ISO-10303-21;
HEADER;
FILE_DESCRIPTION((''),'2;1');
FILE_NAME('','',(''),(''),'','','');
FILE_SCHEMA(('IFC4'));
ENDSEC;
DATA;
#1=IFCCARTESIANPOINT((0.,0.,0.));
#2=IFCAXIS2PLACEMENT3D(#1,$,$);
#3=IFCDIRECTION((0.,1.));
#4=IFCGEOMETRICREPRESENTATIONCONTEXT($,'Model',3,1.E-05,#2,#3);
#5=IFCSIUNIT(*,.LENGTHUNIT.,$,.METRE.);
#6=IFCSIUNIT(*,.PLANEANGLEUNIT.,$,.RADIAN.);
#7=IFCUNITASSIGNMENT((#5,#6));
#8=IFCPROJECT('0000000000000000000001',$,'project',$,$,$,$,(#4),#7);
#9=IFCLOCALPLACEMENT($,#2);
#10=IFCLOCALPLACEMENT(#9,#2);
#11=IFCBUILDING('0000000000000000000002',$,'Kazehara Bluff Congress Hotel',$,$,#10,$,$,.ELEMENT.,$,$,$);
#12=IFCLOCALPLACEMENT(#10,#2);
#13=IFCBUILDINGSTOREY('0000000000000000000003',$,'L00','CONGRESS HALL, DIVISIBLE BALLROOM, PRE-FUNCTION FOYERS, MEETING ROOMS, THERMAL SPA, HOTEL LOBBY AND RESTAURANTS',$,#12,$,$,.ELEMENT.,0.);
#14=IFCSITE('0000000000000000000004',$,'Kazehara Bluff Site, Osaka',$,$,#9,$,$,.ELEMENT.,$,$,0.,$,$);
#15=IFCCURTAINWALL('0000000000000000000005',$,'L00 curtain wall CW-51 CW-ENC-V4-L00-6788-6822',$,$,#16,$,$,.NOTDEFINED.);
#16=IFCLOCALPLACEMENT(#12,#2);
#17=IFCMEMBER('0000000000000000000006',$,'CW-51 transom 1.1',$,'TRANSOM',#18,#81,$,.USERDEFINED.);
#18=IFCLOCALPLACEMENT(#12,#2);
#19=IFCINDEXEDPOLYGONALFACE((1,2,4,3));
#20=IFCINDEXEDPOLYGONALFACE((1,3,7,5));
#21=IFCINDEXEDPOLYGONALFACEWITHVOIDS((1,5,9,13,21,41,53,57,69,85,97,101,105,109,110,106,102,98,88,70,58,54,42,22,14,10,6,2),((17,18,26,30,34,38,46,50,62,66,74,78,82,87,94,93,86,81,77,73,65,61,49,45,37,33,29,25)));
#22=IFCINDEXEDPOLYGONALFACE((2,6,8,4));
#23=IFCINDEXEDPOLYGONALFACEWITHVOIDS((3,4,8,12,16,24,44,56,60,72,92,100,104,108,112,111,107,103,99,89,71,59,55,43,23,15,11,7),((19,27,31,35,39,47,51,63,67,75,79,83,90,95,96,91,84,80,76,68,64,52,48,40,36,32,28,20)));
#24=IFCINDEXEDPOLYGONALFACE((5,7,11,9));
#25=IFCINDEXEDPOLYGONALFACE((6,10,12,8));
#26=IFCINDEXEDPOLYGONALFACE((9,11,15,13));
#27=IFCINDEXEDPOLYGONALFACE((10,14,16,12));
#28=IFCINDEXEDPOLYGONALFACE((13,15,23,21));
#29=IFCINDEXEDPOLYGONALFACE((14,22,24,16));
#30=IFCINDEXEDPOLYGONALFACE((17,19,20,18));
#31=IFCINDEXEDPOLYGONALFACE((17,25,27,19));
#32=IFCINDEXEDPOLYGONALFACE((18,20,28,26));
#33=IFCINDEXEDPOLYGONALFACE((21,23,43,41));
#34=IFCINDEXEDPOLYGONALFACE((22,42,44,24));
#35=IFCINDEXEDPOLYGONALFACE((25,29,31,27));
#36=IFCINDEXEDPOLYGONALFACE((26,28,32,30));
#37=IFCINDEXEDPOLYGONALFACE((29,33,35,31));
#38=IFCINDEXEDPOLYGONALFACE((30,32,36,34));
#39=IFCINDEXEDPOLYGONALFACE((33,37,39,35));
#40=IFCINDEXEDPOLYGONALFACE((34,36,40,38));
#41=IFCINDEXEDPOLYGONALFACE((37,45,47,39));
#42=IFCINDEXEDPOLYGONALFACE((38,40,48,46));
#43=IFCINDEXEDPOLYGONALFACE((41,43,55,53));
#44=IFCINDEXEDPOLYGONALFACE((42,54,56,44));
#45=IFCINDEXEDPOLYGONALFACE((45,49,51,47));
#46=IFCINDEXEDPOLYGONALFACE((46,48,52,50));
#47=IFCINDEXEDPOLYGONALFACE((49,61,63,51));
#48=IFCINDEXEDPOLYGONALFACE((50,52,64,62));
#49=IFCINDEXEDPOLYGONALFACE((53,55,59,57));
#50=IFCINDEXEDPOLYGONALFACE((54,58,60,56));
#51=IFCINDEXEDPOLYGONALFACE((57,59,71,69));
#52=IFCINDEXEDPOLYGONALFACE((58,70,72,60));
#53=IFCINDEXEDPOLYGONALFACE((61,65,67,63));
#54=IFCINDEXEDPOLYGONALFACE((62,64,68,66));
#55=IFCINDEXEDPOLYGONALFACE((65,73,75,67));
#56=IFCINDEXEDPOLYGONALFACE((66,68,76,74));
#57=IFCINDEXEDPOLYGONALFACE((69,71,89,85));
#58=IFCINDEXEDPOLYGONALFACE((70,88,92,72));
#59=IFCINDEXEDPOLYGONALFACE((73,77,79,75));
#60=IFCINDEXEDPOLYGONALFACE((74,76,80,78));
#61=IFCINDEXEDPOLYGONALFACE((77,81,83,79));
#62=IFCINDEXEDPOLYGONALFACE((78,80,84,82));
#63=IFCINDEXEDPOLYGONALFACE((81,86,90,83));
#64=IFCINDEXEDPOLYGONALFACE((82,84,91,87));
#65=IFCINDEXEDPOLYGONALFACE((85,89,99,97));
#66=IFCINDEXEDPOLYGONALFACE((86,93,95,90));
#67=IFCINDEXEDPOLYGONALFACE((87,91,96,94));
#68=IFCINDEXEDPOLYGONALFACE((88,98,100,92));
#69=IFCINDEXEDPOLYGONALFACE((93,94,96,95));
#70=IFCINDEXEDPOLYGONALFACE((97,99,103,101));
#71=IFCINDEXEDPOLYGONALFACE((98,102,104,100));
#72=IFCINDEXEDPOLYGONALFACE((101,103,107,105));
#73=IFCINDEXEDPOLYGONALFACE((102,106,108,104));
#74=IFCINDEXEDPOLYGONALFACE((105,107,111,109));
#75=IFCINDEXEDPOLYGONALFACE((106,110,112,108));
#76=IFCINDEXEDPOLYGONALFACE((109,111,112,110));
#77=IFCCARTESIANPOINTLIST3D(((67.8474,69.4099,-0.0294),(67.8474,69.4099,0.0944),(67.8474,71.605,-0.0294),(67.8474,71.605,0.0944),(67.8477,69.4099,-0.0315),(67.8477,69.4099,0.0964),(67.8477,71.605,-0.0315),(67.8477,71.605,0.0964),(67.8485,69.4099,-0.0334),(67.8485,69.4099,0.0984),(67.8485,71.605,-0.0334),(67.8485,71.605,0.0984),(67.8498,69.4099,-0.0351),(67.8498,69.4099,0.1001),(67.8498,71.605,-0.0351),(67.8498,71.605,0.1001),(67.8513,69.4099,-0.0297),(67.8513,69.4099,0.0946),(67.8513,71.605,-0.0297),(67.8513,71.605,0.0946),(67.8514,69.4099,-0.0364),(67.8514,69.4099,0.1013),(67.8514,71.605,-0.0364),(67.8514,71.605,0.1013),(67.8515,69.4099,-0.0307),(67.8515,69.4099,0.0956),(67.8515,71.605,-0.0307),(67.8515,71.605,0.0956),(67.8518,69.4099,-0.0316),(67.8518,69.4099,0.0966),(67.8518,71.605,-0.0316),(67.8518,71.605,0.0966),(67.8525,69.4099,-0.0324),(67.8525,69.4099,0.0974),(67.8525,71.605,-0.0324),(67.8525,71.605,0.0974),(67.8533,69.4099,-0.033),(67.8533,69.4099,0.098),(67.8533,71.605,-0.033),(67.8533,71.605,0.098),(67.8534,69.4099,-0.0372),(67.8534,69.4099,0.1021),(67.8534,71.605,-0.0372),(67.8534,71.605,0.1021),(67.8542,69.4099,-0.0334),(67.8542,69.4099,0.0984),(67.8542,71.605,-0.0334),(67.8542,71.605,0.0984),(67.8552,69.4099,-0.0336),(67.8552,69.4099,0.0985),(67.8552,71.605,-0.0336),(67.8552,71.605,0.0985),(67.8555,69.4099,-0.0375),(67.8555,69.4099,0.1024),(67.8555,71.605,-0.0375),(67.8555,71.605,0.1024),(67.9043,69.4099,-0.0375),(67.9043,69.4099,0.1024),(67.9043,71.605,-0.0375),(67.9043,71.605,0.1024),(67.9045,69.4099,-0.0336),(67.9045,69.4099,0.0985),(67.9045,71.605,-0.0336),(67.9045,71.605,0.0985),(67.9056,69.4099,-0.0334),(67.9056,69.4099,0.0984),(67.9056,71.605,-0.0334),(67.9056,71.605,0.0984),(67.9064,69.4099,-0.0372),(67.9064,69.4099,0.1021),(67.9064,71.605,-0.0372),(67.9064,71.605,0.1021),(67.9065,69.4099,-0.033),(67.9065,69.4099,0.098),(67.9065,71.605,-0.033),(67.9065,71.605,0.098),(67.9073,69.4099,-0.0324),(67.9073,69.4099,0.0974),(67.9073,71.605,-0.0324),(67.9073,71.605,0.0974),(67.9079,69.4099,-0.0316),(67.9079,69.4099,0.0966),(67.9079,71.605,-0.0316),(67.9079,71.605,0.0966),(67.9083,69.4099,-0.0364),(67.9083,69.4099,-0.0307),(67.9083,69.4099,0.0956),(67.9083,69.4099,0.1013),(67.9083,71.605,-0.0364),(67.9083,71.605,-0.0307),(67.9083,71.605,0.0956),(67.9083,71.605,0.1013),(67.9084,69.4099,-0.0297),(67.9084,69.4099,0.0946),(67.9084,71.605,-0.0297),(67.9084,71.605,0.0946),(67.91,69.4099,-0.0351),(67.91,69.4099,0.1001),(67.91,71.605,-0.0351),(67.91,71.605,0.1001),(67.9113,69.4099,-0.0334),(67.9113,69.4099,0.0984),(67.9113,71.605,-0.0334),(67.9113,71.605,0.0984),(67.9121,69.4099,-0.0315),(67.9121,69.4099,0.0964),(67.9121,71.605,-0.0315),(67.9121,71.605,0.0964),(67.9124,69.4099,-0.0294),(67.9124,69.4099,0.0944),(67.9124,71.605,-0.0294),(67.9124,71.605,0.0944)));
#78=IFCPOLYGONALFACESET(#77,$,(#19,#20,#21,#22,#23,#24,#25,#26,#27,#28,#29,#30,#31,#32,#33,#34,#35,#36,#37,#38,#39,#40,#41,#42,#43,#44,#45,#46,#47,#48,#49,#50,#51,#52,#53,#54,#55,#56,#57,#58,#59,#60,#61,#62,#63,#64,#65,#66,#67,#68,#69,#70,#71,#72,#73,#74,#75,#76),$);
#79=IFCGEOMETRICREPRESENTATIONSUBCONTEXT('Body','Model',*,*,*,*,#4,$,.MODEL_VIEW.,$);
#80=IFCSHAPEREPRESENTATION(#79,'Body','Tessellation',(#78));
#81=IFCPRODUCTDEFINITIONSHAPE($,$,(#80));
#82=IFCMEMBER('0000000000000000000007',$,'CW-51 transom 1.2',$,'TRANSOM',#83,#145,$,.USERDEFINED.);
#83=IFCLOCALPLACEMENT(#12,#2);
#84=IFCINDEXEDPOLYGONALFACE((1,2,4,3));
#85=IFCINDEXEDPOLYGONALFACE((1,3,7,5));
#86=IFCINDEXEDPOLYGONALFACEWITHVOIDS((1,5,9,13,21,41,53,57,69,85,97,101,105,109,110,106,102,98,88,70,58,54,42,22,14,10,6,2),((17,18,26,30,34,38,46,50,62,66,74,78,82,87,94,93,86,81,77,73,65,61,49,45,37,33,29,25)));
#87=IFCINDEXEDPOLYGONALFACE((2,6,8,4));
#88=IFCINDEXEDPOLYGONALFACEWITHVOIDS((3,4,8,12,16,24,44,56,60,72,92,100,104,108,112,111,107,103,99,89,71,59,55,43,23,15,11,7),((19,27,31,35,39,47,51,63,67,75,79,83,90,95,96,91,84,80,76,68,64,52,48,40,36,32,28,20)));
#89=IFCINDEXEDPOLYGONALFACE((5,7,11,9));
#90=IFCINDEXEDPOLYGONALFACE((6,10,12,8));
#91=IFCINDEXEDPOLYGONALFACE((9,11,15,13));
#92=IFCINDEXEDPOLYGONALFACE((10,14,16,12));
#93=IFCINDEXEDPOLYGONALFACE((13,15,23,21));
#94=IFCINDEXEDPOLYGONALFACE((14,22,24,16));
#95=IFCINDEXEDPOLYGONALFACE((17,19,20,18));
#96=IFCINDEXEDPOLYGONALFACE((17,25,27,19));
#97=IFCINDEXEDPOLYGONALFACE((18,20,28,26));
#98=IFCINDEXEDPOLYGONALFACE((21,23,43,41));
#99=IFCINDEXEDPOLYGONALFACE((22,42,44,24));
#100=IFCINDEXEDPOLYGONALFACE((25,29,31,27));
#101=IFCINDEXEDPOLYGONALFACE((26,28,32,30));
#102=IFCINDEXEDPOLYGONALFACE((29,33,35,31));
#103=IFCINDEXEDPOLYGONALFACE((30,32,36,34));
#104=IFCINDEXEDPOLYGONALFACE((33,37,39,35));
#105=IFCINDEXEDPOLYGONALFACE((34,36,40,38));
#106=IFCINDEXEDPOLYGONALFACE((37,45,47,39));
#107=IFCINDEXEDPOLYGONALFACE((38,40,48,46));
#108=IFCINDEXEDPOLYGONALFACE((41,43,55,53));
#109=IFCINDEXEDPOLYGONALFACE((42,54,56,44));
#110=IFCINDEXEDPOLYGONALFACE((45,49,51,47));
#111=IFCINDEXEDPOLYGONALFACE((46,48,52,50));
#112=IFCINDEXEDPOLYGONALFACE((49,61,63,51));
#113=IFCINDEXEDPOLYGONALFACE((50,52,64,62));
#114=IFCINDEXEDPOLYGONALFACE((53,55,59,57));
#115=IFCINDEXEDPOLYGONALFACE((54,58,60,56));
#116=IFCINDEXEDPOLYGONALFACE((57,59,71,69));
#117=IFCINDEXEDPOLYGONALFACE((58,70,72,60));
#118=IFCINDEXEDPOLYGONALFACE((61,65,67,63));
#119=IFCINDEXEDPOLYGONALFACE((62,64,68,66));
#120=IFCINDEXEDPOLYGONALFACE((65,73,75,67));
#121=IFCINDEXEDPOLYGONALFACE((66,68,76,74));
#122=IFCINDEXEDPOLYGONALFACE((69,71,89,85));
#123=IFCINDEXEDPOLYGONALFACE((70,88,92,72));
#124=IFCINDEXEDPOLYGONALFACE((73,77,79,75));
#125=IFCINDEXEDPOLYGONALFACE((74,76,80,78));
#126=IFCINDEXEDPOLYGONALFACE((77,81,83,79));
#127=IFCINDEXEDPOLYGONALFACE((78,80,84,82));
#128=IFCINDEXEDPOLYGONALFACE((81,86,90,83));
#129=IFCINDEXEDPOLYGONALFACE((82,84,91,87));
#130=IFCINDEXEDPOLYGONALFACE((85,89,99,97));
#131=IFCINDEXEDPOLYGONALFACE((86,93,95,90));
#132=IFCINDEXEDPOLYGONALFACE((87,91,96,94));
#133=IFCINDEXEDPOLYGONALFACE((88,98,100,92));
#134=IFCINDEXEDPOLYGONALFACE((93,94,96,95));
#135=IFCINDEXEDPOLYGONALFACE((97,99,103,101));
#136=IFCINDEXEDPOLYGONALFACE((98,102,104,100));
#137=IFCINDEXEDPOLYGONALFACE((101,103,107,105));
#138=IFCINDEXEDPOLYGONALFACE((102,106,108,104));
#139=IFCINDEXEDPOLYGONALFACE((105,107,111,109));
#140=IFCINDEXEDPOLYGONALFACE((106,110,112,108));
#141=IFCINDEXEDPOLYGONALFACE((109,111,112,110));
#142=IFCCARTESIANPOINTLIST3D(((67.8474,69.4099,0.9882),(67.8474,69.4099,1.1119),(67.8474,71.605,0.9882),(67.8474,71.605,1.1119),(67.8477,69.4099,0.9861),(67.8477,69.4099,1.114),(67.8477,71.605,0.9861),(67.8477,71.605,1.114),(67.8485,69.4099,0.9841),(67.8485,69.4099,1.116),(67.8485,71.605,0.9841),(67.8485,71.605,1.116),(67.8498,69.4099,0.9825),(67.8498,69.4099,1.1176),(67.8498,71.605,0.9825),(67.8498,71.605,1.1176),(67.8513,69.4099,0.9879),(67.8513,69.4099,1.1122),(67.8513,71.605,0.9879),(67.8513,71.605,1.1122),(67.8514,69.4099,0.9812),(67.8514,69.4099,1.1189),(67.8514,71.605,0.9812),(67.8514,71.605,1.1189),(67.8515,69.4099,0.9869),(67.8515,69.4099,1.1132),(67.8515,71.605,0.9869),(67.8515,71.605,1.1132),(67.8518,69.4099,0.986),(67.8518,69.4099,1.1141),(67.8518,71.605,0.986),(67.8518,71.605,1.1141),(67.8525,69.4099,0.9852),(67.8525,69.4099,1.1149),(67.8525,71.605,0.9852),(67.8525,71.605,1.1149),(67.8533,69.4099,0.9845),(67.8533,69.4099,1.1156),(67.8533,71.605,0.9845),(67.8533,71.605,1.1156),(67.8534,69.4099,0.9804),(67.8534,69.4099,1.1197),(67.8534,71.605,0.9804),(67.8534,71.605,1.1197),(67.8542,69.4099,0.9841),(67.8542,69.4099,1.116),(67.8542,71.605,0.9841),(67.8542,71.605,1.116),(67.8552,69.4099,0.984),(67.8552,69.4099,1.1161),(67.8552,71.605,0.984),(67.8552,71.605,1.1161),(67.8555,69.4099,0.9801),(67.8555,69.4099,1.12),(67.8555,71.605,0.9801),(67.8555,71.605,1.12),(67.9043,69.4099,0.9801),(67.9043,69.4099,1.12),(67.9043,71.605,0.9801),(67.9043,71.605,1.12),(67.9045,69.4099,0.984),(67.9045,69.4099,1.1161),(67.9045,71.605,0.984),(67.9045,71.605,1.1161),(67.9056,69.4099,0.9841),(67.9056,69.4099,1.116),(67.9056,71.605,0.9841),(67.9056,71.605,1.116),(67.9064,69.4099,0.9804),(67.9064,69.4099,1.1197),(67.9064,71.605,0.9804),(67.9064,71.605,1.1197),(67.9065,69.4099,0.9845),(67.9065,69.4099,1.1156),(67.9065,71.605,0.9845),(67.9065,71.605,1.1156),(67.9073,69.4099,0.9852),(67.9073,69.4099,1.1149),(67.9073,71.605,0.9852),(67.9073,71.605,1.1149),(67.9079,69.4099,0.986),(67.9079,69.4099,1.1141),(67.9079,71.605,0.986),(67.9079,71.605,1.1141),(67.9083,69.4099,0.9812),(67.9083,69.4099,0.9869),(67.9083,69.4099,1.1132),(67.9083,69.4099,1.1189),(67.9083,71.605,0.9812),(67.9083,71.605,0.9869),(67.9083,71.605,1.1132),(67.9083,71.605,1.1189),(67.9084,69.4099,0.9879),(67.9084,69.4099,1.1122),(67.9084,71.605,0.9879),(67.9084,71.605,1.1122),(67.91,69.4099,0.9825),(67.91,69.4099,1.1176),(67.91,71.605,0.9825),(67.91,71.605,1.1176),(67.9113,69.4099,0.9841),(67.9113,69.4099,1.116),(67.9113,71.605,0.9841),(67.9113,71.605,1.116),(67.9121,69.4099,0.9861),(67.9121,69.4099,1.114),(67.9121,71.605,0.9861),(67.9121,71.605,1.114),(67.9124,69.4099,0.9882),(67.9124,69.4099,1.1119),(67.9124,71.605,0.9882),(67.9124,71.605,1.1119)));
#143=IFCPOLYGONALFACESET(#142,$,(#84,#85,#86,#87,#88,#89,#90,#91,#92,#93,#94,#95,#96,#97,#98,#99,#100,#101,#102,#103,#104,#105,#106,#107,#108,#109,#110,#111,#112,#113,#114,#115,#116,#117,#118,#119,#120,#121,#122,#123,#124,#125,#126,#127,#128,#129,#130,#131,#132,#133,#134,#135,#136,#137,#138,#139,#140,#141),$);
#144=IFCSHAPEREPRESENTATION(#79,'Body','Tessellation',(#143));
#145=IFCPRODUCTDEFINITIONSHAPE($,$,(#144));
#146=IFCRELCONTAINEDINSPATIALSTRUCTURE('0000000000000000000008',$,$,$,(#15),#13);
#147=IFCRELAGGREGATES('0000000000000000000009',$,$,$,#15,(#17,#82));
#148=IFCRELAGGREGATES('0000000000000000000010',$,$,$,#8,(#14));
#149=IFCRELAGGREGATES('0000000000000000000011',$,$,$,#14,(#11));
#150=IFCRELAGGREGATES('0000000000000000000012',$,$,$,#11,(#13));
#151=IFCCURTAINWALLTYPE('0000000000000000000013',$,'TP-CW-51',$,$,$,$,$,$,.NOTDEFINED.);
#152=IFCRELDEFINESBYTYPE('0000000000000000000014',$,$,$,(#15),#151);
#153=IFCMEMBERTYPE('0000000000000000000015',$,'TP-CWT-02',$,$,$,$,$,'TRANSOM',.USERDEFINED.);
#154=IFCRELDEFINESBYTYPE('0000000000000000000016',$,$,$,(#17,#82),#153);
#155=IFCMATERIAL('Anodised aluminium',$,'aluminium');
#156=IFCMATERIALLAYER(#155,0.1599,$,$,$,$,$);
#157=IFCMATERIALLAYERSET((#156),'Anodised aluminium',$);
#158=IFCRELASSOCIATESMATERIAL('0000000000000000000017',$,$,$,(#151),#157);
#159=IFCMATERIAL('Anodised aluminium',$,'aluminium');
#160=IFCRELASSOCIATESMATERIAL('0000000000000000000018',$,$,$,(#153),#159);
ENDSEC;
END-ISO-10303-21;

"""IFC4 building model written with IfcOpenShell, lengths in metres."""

from ifc_helpers import new_model, si_unit, direction, frame, origin, origin_2d, place, context, subcontext, project, spatial, hollow_rectangle, extrude, material, layer, layer_set, material_profile, profile_set, type_object, element, aggregate, save


model = new_model("IFC4")

# Units and contexts
model_context = context("Model", 3, precision=1e-05, world=origin(), true_north=direction((0.0, 1.0)))
body_context = subcontext(model_context, "Body", "Model", "MODEL_VIEW")
ifc_project = project(units=[si_unit("LENGTHUNIT", "METRE"), si_unit("PLANEANGLEUNIT", "RADIAN")], contexts=[model_context])

# Site, building, storey
site_placement = place(None, origin())
site = spatial("IfcSite", under=ifc_project, at=site_placement, Name="Kazehara Bluff Site, Osaka", CompositionType="ELEMENT", RefElevation=0.0)
building_placement = place(site_placement, origin())
building = spatial("IfcBuilding", under=site, at=building_placement, Name="Kazehara Bluff Congress Hotel", CompositionType="ELEMENT")
storey_placement = place(building_placement, origin())
storey = spatial("IfcBuildingStorey", under=building, at=storey_placement, Name="L00", Description="CONGRESS HALL, DIVISIBLE BALLROOM, PRE-FUNCTION FOYERS, MEETING ROOMS, THERMAL SPA, HOTEL LOBBY AND RESTAURANTS", CompositionType="ELEMENT", Elevation=0.0)

# Curtain wall, members
ifc_material_1 = material(Name="Anodised aluminium", Category="aluminium")
ifc_layer_1 = layer(ifc_material_1, 0.1599)
ifc_layer_set_1 = layer_set([ifc_layer_1], Name="Anodised aluminium")
curtain_wall_type = type_object("IfcCurtainWallType", Name="TP-CW-51", PredefinedType="NOTDEFINED", material=ifc_layer_set_1)
curtain_wall_placement = place(storey_placement, origin())
curtain_wall = element("IfcCurtainWall", 1, at=curtain_wall_placement, inside=storey, type_object=curtain_wall_type, Name="L00 curtain wall CW-51 CW-ENC-V4-L00-6788-6822", PredefinedType="NOTDEFINED")
ifc_material_2 = material(Name="Anodised aluminium", Category="aluminium")
ifc_material_profile_1 = material_profile(ifc_material_2, hollow_rectangle(XDim=0.0649, YDim=0.1399, WallThickness=0.0039, InnerFilletRadius=0.0039, OuterFilletRadius=0.0081, at=origin_2d()))
ifc_profile_set_1 = profile_set([ifc_material_profile_1], Name="Anodised aluminium")
member_type_1 = type_object("IfcMemberType", Name="TP-CWT-02", ElementType="TRANSOM", PredefinedType="USERDEFINED", material=ifc_profile_set_1)
member_1_placement = place(storey_placement, frame((67.8799, 71.605, 0.0325), z_axis=(0.0, -1.0, 0.0), x_axis=(1.0, 0.0, 0.0)))
member_1 = element("IfcMember", 2, at=member_1_placement, type_object=member_type_1, Name="CW-51 transom 1.1", ObjectType="TRANSOM", PredefinedType="USERDEFINED", context=body_context, shape_type="SweptSolid", body=[
    extrude(hollow_rectangle(XDim=0.0649, YDim=0.1399, WallThickness=0.0039, InnerFilletRadius=0.0039, OuterFilletRadius=0.0081, at=origin_2d()), origin(), (0.0, 0.0, 1.0), 2.1951),
])
member_2_placement = place(storey_placement, frame((67.8799, 71.605, 1.05), z_axis=(0.0, -1.0, 0.0), x_axis=(1.0, 0.0, 0.0)))
member_2 = element("IfcMember", 3, at=member_2_placement, type_object=member_type_1, Name="CW-51 transom 1.2", ObjectType="TRANSOM", PredefinedType="USERDEFINED", context=body_context, shape_type="SweptSolid", body=[
    extrude(hollow_rectangle(XDim=0.0649, YDim=0.1399, WallThickness=0.0039, InnerFilletRadius=0.0039, OuterFilletRadius=0.0081, at=origin_2d()), origin(), (0.0, 0.0, 1.0), 2.1951),
])

aggregate(curtain_wall, [member_1, member_2])

save(model, "model.ifc")
